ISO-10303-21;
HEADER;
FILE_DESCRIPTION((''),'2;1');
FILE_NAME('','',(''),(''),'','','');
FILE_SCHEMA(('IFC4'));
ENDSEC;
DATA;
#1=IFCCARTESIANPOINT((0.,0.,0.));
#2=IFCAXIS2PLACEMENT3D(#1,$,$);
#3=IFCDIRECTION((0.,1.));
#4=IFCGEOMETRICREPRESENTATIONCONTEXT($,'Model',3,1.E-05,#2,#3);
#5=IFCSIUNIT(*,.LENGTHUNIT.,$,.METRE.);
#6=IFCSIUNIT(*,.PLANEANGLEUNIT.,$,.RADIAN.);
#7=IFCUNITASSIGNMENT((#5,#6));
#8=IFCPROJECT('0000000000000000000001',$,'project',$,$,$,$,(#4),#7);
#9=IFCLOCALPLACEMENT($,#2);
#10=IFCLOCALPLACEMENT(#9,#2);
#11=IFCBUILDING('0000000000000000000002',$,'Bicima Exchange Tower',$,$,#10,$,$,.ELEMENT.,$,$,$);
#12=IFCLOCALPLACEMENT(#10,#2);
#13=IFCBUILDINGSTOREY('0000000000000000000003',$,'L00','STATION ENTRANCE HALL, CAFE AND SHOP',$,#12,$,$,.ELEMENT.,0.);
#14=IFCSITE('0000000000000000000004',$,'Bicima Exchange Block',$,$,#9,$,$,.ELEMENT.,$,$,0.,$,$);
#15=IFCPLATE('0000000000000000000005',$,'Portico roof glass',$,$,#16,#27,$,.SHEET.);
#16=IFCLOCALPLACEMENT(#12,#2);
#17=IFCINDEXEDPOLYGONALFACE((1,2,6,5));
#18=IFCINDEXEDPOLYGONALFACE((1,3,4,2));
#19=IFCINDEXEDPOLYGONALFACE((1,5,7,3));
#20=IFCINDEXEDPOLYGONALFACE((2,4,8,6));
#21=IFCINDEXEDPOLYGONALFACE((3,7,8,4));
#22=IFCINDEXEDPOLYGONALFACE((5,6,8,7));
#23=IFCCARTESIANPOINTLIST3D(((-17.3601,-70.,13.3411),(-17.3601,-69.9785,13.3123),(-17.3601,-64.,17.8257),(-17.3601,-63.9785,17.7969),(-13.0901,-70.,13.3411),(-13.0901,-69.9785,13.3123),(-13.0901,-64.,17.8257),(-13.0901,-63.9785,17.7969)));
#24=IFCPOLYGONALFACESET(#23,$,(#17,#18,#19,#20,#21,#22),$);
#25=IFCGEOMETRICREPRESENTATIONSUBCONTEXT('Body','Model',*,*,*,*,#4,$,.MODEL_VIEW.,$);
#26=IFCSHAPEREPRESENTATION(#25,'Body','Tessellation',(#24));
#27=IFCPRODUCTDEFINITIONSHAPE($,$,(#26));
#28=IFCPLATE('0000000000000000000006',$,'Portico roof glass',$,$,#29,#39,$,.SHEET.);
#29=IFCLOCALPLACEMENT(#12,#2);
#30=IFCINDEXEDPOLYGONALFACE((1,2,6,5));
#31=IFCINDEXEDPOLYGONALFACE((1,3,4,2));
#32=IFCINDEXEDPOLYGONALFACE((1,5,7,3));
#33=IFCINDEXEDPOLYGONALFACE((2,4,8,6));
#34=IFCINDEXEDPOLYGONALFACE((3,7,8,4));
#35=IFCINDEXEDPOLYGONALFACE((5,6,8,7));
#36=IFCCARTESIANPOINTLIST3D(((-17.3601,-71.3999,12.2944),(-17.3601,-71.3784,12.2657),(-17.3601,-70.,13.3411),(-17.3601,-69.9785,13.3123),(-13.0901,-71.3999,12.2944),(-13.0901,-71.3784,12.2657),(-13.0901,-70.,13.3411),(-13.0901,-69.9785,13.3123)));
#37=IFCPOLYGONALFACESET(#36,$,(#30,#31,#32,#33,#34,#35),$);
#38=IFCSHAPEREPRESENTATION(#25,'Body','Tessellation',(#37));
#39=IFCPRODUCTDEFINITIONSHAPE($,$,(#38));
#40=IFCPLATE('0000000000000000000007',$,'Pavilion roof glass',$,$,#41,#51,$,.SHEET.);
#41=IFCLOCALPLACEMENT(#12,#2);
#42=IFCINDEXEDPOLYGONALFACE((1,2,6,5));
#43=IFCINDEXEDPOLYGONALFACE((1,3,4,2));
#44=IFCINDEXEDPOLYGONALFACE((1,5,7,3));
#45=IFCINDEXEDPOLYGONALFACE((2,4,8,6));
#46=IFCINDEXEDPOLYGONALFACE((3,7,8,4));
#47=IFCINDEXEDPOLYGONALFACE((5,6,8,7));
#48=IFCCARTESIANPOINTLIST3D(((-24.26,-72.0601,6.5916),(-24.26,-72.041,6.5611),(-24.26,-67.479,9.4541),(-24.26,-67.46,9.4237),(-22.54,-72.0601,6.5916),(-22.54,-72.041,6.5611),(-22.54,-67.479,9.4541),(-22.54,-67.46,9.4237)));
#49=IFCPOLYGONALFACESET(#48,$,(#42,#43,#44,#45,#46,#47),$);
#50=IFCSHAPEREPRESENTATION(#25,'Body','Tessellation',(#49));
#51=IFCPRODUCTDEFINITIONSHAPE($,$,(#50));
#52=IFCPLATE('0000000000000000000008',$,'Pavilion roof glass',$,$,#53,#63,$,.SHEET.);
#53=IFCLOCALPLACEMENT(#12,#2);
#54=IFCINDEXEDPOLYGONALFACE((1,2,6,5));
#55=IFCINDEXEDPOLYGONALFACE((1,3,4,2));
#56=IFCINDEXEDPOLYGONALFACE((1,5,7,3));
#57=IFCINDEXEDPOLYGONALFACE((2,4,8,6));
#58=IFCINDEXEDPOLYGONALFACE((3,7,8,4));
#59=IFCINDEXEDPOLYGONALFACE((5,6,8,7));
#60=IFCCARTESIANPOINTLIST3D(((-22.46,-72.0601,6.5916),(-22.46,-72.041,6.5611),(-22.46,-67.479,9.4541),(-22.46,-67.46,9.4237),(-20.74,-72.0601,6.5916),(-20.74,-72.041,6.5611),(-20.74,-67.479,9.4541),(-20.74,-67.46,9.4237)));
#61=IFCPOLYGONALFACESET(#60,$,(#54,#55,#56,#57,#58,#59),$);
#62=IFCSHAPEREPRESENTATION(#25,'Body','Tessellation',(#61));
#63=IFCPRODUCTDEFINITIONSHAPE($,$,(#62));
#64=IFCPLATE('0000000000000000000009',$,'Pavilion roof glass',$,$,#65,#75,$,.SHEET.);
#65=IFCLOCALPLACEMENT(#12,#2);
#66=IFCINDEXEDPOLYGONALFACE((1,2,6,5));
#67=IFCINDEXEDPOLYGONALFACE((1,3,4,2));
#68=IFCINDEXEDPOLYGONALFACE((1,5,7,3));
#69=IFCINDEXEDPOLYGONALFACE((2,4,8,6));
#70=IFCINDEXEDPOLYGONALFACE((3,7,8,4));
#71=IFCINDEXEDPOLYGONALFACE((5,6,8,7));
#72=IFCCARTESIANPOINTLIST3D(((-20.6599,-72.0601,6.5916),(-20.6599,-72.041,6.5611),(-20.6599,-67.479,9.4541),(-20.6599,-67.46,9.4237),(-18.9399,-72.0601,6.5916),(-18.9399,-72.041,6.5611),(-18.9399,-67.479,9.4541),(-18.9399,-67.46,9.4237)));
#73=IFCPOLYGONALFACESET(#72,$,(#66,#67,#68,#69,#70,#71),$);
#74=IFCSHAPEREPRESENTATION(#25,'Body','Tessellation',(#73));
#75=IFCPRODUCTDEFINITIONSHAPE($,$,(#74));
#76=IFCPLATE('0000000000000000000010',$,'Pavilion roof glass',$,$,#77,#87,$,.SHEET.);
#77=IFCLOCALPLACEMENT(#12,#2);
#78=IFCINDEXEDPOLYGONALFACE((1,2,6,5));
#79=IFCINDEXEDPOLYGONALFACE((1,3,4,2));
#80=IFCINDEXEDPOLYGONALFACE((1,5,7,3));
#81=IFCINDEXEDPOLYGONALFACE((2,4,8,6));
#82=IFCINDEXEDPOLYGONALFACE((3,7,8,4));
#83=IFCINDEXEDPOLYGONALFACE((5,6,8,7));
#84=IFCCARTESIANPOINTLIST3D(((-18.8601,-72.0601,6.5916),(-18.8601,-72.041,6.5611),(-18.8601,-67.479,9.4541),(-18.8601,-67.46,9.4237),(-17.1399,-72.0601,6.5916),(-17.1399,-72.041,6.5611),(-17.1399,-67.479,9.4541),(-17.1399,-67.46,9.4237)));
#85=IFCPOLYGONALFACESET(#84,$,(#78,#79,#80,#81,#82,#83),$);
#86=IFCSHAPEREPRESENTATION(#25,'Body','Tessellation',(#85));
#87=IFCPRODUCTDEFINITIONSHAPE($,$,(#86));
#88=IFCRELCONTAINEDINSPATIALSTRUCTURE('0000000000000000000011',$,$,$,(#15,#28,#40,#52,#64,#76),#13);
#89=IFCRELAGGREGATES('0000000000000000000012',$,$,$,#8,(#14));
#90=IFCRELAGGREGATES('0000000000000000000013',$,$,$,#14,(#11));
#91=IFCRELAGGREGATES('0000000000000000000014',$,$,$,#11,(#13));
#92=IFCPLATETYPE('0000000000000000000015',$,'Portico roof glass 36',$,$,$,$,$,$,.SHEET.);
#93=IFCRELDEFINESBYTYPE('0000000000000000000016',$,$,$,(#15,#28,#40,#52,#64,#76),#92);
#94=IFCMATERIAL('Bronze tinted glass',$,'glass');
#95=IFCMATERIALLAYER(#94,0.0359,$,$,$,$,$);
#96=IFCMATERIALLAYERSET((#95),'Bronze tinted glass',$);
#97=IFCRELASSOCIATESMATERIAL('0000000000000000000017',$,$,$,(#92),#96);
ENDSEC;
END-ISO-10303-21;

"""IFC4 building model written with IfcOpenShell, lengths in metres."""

from ifc_helpers import new_model, si_unit, direction, frame, origin, place, context, subcontext, project, spatial, polyline, outline, extrude, material, layer, layer_set, type_object, element, save


model = new_model("IFC4")

# Units and contexts
model_context = context("Model", 3, precision=1e-05, world=origin(), true_north=direction((0.0, 1.0)))
body_context = subcontext(model_context, "Body", "Model", "MODEL_VIEW")
ifc_project = project(units=[si_unit("LENGTHUNIT", "METRE"), si_unit("PLANEANGLEUNIT", "RADIAN")], contexts=[model_context])

# Site, building, storey
site_placement = place(None, origin())
site = spatial("IfcSite", under=ifc_project, at=site_placement, Name="Bicima Exchange Block", CompositionType="ELEMENT", RefElevation=0.0)
building_placement = place(site_placement, origin())
building = spatial("IfcBuilding", under=site, at=building_placement, Name="Bicima Exchange Tower", CompositionType="ELEMENT")
storey_placement = place(building_placement, origin())
storey = spatial("IfcBuildingStorey", under=building, at=storey_placement, Name="L00", Description="STATION ENTRANCE HALL, CAFE AND SHOP", CompositionType="ELEMENT", Elevation=0.0)

# Plates
ifc_material_1 = material(Name="Bronze tinted glass", Category="glass")
ifc_layer = layer(ifc_material_1, 0.0359)
ifc_layer_set = layer_set([ifc_layer], Name="Bronze tinted glass")
plate_type = type_object("IfcPlateType", Name="Portico roof glass 36", PredefinedType="SHEET", material=ifc_layer_set)
plate_1_placement = place(storey_placement, frame((-17.3601, -64.0, 17.8257), z_axis=(0.0, -0.598685, 0.800985), x_axis=(1.0, 0.0, 0.0)))
element("IfcPlate", 1, at=plate_1_placement, inside=storey, type_object=plate_type, Name="Portico roof glass", PredefinedType="SHEET", context=body_context, shape_type="SweptSolid", body=[
    extrude(outline(polyline([(0.0, 0.0), (4.27, 0.0), (4.27, -7.4908), (0.0, -7.4908), (0.0, 0.0)])), origin(), (0.0, 0.0, -1.0), 0.0359),
])
plate_2_placement = place(storey_placement, frame((-17.3601, -70.0, 13.3411), z_axis=(0.0, -0.598793, 0.800904), x_axis=(1.0, 0.0, 0.0)))
element("IfcPlate", 2, at=plate_2_placement, inside=storey, type_object=plate_type, Name="Portico roof glass", PredefinedType="SHEET", context=body_context, shape_type="SweptSolid", body=[
    extrude(outline(polyline([(0.0, 0.0), (4.27, 0.0), (4.27, -1.7479), (0.0, -1.7479), (0.0, 0.0)])), origin(), (0.0, 0.0, -1.0), 0.0359),
])
for number, where, z_axis, x_axis, name in (
    (3, (-24.26, -67.479, 9.4541), (0.0, -0.529918, 0.848049), (1.0, 0.0, 0.0), "Pavilion roof glass"),
    (4, (-22.46, -67.479, 9.4541), (0.0, -0.529918, 0.848049), (1.0, 0.0, 0.0), "Pavilion roof glass"),
    (5, (-20.6599, -67.479, 9.4541), (0.0, -0.529918, 0.848049), (1.0, 0.0, 0.0), "Pavilion roof glass"),
):
    element("IfcPlate", number, at=place(storey_placement, frame(where, z_axis=z_axis, x_axis=x_axis)), inside=storey, type_object=plate_type, Name=name, PredefinedType="SHEET", context=body_context, shape_type="SweptSolid", body=[
        extrude(outline(polyline([(0.0, 0.0), (1.72, 0.0), (1.72, -5.4019), (0.0, -5.4019), (0.0, 0.0)])), origin(), (0.0, 0.0, -1.0), 0.0359),
    ])
plate_3_placement = place(storey_placement, frame((-18.8601, -67.479, 9.4541), z_axis=(0.0, -0.529918, 0.848049), x_axis=(1.0, 0.0, 0.0)))
element("IfcPlate", 6, at=plate_3_placement, inside=storey, type_object=plate_type, Name="Pavilion roof glass", PredefinedType="SHEET", context=body_context, shape_type="SweptSolid", body=[
    extrude(outline(polyline([(0.0, 0.0), (1.7202, 0.0), (1.7202, -5.4019), (0.0, -5.4019), (0.0, 0.0)])), origin(), (0.0, 0.0, -1.0), 0.0359),
])

save(model, "model.ifc")
